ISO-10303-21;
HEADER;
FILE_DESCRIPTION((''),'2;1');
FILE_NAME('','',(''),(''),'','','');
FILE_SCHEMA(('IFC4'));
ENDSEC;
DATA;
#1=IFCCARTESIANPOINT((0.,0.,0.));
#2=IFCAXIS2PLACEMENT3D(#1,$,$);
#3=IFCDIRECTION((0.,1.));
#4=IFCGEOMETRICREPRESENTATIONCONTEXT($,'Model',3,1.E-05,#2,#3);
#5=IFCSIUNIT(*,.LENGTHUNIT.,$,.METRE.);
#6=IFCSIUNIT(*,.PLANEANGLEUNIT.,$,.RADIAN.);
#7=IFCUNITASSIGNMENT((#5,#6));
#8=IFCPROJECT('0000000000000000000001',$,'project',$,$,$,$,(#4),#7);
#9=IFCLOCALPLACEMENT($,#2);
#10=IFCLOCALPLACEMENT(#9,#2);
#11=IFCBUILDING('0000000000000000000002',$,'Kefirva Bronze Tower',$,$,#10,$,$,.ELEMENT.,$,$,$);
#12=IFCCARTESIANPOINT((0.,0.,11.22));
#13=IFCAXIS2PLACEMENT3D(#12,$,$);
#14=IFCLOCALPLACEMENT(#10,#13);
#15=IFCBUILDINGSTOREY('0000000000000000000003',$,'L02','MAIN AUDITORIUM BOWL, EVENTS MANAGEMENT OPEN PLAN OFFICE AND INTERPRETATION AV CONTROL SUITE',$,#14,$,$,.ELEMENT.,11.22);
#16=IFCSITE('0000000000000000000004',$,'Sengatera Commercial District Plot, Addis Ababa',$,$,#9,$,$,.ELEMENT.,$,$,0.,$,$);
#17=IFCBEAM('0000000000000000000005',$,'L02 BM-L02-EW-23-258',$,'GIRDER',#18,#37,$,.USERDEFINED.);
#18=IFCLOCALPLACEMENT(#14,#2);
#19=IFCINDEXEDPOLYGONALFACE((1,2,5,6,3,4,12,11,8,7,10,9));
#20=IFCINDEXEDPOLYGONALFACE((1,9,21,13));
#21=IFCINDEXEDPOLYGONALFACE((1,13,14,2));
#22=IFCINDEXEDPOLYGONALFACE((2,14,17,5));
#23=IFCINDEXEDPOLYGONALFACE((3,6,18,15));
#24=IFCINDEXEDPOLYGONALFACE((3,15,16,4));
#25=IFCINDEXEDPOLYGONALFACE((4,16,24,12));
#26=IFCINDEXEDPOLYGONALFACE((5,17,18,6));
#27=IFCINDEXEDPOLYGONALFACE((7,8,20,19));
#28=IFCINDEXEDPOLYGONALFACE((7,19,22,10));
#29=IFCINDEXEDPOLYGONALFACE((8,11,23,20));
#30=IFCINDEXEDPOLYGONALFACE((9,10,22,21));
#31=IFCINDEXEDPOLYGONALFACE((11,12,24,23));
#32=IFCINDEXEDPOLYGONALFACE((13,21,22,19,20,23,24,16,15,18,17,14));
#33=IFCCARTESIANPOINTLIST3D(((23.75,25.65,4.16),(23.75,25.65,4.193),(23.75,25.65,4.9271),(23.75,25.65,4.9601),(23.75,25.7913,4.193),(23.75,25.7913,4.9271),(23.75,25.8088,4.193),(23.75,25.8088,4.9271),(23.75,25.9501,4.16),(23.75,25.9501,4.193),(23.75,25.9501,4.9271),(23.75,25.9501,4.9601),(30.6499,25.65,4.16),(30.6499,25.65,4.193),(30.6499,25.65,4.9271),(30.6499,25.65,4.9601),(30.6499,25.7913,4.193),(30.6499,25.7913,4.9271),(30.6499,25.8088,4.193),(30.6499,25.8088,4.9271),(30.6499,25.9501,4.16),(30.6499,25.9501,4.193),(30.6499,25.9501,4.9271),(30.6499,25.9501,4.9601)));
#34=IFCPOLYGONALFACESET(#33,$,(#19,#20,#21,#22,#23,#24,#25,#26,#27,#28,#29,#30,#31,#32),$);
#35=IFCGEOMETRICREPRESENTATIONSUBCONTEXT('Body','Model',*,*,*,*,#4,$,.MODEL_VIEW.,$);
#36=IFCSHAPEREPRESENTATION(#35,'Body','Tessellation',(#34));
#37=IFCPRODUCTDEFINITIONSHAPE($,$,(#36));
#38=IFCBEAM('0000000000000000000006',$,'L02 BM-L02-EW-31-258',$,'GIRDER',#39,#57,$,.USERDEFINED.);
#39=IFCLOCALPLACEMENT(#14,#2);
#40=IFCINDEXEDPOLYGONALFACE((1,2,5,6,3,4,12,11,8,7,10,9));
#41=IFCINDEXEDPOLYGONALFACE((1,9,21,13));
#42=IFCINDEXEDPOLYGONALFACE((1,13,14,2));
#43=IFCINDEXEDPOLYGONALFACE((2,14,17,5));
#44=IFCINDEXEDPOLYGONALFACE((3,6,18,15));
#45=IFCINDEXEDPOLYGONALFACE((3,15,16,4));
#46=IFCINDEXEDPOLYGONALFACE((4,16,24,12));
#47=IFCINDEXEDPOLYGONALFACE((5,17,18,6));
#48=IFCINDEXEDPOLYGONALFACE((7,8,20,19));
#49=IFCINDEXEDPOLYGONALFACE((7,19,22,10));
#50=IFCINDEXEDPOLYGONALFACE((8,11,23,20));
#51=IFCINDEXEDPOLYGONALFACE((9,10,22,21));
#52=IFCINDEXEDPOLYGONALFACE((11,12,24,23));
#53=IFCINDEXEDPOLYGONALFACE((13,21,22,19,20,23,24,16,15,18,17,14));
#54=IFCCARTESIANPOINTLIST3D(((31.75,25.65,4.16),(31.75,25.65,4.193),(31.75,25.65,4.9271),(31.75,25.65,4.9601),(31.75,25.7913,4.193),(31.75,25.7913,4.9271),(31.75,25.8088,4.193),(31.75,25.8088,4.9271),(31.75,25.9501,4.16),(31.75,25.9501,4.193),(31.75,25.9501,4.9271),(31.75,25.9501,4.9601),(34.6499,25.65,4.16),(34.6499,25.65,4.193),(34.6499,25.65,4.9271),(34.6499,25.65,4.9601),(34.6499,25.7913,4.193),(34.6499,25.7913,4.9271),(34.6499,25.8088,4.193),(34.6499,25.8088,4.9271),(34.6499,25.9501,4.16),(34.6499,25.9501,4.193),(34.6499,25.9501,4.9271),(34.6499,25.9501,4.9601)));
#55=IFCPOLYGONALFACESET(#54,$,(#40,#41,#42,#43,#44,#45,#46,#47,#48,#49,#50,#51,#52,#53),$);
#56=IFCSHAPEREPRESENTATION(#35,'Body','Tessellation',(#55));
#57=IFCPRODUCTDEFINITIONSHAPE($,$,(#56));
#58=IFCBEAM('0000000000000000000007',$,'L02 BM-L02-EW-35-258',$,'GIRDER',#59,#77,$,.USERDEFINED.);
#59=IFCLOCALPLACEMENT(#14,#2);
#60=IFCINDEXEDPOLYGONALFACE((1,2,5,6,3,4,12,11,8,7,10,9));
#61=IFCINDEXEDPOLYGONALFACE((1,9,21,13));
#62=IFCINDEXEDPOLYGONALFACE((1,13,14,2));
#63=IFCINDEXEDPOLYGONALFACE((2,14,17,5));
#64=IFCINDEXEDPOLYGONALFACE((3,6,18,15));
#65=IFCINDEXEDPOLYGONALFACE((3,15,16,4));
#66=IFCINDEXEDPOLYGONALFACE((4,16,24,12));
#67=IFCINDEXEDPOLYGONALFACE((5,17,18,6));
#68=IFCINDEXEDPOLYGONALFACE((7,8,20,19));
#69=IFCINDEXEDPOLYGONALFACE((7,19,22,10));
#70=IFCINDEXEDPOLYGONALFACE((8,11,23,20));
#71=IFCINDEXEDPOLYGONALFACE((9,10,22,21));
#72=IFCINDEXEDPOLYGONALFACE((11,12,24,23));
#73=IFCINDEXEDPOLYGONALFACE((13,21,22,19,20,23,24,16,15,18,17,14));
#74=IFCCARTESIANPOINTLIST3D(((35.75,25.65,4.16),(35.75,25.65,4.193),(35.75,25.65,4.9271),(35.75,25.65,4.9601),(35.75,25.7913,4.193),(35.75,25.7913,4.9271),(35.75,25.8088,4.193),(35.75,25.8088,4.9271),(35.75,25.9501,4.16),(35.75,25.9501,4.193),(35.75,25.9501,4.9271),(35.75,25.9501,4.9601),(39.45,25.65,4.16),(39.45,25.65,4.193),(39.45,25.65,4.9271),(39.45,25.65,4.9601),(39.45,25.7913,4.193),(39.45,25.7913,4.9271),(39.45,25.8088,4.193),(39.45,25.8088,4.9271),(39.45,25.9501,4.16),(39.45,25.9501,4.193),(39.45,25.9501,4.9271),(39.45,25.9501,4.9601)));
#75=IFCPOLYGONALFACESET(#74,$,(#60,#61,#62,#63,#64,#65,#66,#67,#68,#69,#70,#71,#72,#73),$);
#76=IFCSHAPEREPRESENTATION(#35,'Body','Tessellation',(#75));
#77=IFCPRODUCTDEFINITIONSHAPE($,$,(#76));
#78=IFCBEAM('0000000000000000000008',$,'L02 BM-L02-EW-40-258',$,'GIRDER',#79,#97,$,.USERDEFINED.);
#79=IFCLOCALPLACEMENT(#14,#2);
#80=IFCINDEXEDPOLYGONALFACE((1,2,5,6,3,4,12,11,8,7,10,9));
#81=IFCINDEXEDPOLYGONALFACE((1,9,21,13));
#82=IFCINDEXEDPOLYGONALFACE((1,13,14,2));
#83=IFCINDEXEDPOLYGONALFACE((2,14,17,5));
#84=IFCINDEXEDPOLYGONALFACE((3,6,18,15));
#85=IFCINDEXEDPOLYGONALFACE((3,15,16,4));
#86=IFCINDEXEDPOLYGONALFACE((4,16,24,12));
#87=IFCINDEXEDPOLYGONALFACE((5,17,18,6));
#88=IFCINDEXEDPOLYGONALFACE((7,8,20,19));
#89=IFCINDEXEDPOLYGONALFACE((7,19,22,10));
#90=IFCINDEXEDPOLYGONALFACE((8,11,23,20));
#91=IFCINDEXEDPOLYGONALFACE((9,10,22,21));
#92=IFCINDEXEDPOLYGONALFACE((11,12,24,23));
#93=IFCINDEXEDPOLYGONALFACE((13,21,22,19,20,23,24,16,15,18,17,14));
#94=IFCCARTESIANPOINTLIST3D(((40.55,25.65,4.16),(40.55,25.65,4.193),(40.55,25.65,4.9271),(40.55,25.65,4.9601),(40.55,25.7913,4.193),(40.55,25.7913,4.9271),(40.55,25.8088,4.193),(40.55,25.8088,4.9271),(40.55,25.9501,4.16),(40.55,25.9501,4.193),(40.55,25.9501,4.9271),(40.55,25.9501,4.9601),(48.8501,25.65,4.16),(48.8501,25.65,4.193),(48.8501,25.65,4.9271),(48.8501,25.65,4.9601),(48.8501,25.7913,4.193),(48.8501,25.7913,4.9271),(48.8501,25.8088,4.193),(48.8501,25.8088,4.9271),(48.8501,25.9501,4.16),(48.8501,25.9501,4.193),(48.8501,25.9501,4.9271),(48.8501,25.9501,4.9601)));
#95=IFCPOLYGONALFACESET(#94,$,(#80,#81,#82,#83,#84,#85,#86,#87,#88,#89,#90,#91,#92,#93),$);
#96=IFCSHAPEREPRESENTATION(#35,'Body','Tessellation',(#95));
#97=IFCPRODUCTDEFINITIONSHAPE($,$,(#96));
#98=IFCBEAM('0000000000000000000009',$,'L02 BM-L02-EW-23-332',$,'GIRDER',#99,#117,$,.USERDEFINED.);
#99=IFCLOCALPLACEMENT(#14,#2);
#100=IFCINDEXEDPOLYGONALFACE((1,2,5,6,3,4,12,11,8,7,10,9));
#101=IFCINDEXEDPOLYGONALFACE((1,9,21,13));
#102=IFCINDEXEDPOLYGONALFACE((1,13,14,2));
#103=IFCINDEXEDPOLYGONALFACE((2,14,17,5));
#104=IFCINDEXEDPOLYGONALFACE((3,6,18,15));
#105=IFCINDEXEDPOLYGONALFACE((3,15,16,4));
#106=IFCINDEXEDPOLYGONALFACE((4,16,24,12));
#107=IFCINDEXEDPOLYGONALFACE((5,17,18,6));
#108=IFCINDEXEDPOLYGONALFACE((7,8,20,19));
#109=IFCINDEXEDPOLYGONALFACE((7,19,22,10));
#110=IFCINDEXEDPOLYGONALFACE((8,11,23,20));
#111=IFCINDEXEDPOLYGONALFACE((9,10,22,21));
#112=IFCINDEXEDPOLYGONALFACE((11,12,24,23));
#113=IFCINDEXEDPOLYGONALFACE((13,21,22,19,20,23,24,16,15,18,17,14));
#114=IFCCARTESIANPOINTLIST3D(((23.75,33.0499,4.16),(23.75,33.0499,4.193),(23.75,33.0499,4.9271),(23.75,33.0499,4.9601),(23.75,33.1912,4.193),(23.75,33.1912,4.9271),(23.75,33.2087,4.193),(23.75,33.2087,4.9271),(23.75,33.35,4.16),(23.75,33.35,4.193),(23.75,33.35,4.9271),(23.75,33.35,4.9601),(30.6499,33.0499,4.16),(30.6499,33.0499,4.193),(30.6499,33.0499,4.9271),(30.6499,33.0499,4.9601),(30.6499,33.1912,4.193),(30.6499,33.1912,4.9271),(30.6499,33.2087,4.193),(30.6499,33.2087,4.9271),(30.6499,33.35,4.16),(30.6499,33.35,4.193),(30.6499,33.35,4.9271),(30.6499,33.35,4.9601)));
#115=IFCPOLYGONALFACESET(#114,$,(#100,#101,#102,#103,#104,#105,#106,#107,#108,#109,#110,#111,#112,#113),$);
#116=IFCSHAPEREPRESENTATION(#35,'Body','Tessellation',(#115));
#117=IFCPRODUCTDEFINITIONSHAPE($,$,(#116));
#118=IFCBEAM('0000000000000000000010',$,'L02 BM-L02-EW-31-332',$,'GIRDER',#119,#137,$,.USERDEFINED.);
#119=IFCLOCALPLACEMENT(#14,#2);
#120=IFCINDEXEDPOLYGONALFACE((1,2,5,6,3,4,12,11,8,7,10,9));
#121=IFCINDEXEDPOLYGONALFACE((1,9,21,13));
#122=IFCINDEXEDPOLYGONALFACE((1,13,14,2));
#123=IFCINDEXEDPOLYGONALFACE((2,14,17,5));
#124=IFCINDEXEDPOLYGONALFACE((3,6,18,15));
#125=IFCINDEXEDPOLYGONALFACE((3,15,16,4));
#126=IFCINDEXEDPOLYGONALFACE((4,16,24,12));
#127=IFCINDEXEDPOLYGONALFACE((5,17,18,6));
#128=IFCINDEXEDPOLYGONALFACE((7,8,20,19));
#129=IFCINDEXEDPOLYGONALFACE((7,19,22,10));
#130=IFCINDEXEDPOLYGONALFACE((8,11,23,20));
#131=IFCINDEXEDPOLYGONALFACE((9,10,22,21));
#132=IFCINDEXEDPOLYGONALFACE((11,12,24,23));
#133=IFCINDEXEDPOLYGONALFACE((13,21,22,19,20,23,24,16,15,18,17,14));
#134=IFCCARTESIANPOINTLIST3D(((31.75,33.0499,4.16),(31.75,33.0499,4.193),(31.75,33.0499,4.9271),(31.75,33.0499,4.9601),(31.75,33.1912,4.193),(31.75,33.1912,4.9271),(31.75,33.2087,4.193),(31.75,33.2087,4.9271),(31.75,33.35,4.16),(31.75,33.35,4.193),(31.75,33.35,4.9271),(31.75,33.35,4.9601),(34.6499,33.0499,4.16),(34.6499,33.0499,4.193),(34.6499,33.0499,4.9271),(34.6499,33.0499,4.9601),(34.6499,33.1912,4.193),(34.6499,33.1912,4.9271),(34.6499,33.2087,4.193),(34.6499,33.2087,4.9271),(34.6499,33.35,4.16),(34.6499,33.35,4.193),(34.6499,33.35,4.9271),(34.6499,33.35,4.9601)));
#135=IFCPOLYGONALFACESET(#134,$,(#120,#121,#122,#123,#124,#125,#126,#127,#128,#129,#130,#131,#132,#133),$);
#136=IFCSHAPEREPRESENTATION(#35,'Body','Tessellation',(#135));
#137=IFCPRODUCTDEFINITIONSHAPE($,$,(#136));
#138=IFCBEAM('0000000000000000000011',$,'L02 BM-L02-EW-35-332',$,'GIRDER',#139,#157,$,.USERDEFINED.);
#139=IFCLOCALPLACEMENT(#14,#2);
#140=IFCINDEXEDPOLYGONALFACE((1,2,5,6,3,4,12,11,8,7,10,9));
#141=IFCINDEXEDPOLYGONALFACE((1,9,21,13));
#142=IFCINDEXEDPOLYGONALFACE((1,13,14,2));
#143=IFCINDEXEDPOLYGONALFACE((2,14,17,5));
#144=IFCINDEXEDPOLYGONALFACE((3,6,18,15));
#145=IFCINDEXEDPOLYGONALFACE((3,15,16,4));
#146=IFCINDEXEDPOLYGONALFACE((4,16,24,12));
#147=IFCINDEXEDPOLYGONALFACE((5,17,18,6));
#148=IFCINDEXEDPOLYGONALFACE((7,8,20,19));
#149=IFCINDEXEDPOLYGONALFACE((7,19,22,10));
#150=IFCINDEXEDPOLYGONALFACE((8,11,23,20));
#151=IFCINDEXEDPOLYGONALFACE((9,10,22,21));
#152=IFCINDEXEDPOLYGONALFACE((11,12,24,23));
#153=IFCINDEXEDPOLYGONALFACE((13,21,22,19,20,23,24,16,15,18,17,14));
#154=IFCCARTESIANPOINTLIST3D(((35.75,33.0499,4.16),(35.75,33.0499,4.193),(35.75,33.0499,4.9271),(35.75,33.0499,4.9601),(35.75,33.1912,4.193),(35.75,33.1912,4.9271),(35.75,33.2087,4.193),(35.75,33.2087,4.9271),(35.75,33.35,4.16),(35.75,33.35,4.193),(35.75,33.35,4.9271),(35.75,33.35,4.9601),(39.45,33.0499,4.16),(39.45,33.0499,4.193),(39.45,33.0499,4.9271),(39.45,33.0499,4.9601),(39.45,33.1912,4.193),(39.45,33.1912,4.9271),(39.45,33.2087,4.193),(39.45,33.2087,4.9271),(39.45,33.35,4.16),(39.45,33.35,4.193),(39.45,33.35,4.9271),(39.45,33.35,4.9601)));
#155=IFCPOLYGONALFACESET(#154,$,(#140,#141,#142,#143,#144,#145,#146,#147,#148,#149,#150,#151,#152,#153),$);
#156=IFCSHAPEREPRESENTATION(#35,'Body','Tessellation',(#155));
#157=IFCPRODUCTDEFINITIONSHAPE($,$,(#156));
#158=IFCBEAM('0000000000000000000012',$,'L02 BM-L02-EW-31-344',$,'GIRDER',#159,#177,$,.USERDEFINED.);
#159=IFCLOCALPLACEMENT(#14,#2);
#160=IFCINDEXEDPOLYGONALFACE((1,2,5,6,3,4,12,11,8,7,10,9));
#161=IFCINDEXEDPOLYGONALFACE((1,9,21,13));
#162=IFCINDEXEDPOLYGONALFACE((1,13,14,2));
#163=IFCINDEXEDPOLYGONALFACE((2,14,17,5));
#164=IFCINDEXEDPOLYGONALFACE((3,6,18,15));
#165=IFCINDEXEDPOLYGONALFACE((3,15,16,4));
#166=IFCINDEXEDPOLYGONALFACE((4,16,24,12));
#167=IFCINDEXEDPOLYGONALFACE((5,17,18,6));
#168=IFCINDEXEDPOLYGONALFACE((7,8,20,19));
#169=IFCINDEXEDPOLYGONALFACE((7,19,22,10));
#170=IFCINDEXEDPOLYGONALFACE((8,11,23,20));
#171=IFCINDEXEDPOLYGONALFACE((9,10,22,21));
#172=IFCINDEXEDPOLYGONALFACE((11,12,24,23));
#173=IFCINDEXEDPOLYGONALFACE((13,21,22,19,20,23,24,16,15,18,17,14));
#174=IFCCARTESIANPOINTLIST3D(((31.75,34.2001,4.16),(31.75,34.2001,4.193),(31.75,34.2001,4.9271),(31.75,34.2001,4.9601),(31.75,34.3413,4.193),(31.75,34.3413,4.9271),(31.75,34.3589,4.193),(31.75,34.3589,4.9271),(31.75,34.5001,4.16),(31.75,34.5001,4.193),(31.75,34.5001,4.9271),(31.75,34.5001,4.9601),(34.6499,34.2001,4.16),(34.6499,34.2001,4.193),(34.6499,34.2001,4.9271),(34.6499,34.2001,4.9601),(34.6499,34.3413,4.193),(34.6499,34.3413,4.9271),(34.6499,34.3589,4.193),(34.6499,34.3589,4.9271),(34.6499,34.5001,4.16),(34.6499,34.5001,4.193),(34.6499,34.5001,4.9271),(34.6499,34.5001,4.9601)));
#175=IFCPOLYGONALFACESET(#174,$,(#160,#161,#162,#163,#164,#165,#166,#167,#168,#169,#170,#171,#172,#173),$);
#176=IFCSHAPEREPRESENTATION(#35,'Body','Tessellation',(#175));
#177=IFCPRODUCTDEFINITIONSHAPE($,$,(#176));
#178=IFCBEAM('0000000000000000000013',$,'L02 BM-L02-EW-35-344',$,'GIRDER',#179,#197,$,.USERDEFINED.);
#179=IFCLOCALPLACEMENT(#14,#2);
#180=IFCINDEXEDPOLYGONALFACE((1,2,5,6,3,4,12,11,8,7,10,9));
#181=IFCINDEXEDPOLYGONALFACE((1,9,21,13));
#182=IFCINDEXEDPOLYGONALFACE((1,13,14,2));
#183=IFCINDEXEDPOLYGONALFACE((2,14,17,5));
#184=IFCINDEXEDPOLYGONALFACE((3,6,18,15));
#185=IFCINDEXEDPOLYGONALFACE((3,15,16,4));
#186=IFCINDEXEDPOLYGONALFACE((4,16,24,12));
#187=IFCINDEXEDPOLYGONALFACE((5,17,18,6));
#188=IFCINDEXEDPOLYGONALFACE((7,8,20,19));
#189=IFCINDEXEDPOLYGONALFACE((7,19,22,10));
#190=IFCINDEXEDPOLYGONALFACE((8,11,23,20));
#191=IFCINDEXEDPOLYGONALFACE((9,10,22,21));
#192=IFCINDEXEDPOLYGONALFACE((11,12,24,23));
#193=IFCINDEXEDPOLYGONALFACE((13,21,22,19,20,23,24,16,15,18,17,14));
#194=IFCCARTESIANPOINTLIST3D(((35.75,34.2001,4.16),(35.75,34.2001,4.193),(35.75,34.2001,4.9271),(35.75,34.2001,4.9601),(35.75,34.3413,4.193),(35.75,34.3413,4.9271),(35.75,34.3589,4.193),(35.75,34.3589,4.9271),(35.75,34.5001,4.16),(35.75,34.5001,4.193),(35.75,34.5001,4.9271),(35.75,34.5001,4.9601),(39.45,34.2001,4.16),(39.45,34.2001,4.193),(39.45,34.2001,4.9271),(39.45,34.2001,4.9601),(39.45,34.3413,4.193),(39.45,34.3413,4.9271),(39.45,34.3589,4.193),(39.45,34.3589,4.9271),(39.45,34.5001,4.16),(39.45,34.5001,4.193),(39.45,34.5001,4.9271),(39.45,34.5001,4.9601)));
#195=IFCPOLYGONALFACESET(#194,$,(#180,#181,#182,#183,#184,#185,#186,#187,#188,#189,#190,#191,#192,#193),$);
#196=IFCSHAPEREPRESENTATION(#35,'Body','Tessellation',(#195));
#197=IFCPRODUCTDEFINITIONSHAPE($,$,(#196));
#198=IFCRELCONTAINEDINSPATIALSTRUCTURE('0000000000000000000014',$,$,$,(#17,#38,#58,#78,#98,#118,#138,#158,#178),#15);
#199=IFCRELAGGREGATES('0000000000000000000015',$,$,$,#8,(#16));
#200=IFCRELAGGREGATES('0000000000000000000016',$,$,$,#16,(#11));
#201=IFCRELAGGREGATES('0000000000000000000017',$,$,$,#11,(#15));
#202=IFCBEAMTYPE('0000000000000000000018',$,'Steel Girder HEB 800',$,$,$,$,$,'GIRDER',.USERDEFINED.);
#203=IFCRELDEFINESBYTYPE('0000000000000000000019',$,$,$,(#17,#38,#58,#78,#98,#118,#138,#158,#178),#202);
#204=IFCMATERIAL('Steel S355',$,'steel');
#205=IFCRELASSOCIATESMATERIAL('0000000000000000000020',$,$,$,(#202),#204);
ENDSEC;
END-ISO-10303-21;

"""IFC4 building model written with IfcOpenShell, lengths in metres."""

from ifc_helpers import new_model, si_unit, direction, frame, origin, origin_2d, place, context, subcontext, project, spatial, i_section, extrude, material, material_profile, profile_set, type_object, element, save


model = new_model("IFC4")

# Units and contexts
model_context = context("Model", 3, precision=1e-05, world=origin(), true_north=direction((0.0, 1.0)))
body_context = subcontext(model_context, "Body", "Model", "MODEL_VIEW")
ifc_project = project(units=[si_unit("LENGTHUNIT", "METRE"), si_unit("PLANEANGLEUNIT", "RADIAN")], contexts=[model_context])

# Site, building, storey
site_placement = place(None, origin())
site = spatial("IfcSite", under=ifc_project, at=site_placement, Name="Sengatera Commercial District Plot, Addis Ababa", CompositionType="ELEMENT", RefElevation=0.0)
building_placement = place(site_placement, origin())
building = spatial("IfcBuilding", under=site, at=building_placement, Name="Kefirva Bronze Tower", CompositionType="ELEMENT")
storey_placement = place(building_placement, frame((0.0, 0.0, 11.22)))
storey = spatial("IfcBuildingStorey", under=building, at=storey_placement, Name="L02", Description="MAIN AUDITORIUM BOWL, EVENTS MANAGEMENT OPEN PLAN OFFICE AND INTERPRETATION AV CONTROL SUITE", CompositionType="ELEMENT", Elevation=11.22)

# Beams
ifc_material_1 = material(Name="Steel S355", Category="steel")
ifc_material_profile_1 = material_profile(ifc_material_1, i_section(OverallWidth=0.3, OverallDepth=0.8, WebThickness=0.0176, FlangeThickness=0.033, at=origin_2d()), Name="HEB 800")
ifc_profile_set_1 = profile_set([ifc_material_profile_1], Name="Steel S355")
beam_type_1 = type_object("IfcBeamType", Name="Steel Girder HEB 800", ElementType="GIRDER", PredefinedType="USERDEFINED", material=ifc_profile_set_1)
beam_1_placement = place(storey_placement, frame((23.75, 25.8, 4.5601), z_axis=(1.0, 0.0, 0.0), x_axis=(0.0, 1.0, 0.0)))
element("IfcBeam", 1, at=beam_1_placement, inside=storey, type_object=beam_type_1, Name="L02 BM-L02-EW-23-258", ObjectType="GIRDER", PredefinedType="USERDEFINED", context=body_context, shape_type="SweptSolid", body=[
    extrude(i_section(OverallWidth=0.3, OverallDepth=0.8, WebThickness=0.0176, FlangeThickness=0.033, at=origin_2d()), origin(), (0.0, 0.0, 1.0), 6.8999),
])
beam_2_placement = place(storey_placement, frame((31.75, 25.8, 4.5601), z_axis=(1.0, 0.0, 0.0), x_axis=(0.0, 1.0, 0.0)))
element("IfcBeam", 2, at=beam_2_placement, inside=storey, type_object=beam_type_1, Name="L02 BM-L02-EW-31-258", ObjectType="GIRDER", PredefinedType="USERDEFINED", context=body_context, shape_type="SweptSolid", body=[
    extrude(i_section(OverallWidth=0.3, OverallDepth=0.8, WebThickness=0.0176, FlangeThickness=0.033, at=origin_2d()), origin(), (0.0, 0.0, 1.0), 2.8999),
])
beam_3_placement = place(storey_placement, frame((35.75, 25.8, 4.5601), z_axis=(1.0, 0.0, 0.0), x_axis=(0.0, 1.0, 0.0)))
element("IfcBeam", 3, at=beam_3_placement, inside=storey, type_object=beam_type_1, Name="L02 BM-L02-EW-35-258", ObjectType="GIRDER", PredefinedType="USERDEFINED", context=body_context, shape_type="SweptSolid", body=[
    extrude(i_section(OverallWidth=0.3, OverallDepth=0.8, WebThickness=0.0176, FlangeThickness=0.033, at=origin_2d()), origin(), (0.0, 0.0, 1.0), 3.7),
])
beam_4_placement = place(storey_placement, frame((40.55, 25.8, 4.5601), z_axis=(1.0, 0.0, 0.0), x_axis=(0.0, 1.0, 0.0)))
element("IfcBeam", 4, at=beam_4_placement, inside=storey, type_object=beam_type_1, Name="L02 BM-L02-EW-40-258", ObjectType="GIRDER", PredefinedType="USERDEFINED", context=body_context, shape_type="SweptSolid", body=[
    extrude(i_section(OverallWidth=0.3, OverallDepth=0.8, WebThickness=0.0176, FlangeThickness=0.033, at=origin_2d()), origin(), (0.0, 0.0, 1.0), 8.3),
])
beam_5_placement = place(storey_placement, frame((23.75, 33.2, 4.5601), z_axis=(1.0, 0.0, 0.0), x_axis=(0.0, 1.0, 0.0)))
element("IfcBeam", 5, at=beam_5_placement, inside=storey, type_object=beam_type_1, Name="L02 BM-L02-EW-23-332", ObjectType="GIRDER", PredefinedType="USERDEFINED", context=body_context, shape_type="SweptSolid", body=[
    extrude(i_section(OverallWidth=0.3, OverallDepth=0.8, WebThickness=0.0176, FlangeThickness=0.033, at=origin_2d()), origin(), (0.0, 0.0, 1.0), 6.8999),
])
beam_6_placement = place(storey_placement, frame((31.75, 33.2, 4.5601), z_axis=(1.0, 0.0, 0.0), x_axis=(0.0, 1.0, 0.0)))
element("IfcBeam", 6, at=beam_6_placement, inside=storey, type_object=beam_type_1, Name="L02 BM-L02-EW-31-332", ObjectType="GIRDER", PredefinedType="USERDEFINED", context=body_context, shape_type="SweptSolid", body=[
    extrude(i_section(OverallWidth=0.3, OverallDepth=0.8, WebThickness=0.0176, FlangeThickness=0.033, at=origin_2d()), origin(), (0.0, 0.0, 1.0), 2.8999),
])
beam_7_placement = place(storey_placement, frame((35.75, 33.2, 4.5601), z_axis=(1.0, 0.0, 0.0), x_axis=(0.0, 1.0, 0.0)))
element("IfcBeam", 7, at=beam_7_placement, inside=storey, type_object=beam_type_1, Name="L02 BM-L02-EW-35-332", ObjectType="GIRDER", PredefinedType="USERDEFINED", context=body_context, shape_type="SweptSolid", body=[
    extrude(i_section(OverallWidth=0.3, OverallDepth=0.8, WebThickness=0.0176, FlangeThickness=0.033, at=origin_2d()), origin(), (0.0, 0.0, 1.0), 3.7),
])
beam_8_placement = place(storey_placement, frame((31.75, 34.3501, 4.5601), z_axis=(1.0, 0.0, 0.0), x_axis=(0.0, 1.0, 0.0)))
element("IfcBeam", 8, at=beam_8_placement, inside=storey, type_object=beam_type_1, Name="L02 BM-L02-EW-31-344", ObjectType="GIRDER", PredefinedType="USERDEFINED", context=body_context, shape_type="SweptSolid", body=[
    extrude(i_section(OverallWidth=0.3, OverallDepth=0.8, WebThickness=0.0176, FlangeThickness=0.033, at=origin_2d()), origin(), (0.0, 0.0, 1.0), 2.8999),
])
beam_9_placement = place(storey_placement, frame((35.75, 34.3501, 4.5601), z_axis=(1.0, 0.0, 0.0), x_axis=(0.0, 1.0, 0.0)))
element("IfcBeam", 9, at=beam_9_placement, inside=storey, type_object=beam_type_1, Name="L02 BM-L02-EW-35-344", ObjectType="GIRDER", PredefinedType="USERDEFINED", context=body_context, shape_type="SweptSolid", body=[
    extrude(i_section(OverallWidth=0.3, OverallDepth=0.8, WebThickness=0.0176, FlangeThickness=0.033, at=origin_2d()), origin(), (0.0, 0.0, 1.0), 3.7),
])

save(model, "model.ifc")
